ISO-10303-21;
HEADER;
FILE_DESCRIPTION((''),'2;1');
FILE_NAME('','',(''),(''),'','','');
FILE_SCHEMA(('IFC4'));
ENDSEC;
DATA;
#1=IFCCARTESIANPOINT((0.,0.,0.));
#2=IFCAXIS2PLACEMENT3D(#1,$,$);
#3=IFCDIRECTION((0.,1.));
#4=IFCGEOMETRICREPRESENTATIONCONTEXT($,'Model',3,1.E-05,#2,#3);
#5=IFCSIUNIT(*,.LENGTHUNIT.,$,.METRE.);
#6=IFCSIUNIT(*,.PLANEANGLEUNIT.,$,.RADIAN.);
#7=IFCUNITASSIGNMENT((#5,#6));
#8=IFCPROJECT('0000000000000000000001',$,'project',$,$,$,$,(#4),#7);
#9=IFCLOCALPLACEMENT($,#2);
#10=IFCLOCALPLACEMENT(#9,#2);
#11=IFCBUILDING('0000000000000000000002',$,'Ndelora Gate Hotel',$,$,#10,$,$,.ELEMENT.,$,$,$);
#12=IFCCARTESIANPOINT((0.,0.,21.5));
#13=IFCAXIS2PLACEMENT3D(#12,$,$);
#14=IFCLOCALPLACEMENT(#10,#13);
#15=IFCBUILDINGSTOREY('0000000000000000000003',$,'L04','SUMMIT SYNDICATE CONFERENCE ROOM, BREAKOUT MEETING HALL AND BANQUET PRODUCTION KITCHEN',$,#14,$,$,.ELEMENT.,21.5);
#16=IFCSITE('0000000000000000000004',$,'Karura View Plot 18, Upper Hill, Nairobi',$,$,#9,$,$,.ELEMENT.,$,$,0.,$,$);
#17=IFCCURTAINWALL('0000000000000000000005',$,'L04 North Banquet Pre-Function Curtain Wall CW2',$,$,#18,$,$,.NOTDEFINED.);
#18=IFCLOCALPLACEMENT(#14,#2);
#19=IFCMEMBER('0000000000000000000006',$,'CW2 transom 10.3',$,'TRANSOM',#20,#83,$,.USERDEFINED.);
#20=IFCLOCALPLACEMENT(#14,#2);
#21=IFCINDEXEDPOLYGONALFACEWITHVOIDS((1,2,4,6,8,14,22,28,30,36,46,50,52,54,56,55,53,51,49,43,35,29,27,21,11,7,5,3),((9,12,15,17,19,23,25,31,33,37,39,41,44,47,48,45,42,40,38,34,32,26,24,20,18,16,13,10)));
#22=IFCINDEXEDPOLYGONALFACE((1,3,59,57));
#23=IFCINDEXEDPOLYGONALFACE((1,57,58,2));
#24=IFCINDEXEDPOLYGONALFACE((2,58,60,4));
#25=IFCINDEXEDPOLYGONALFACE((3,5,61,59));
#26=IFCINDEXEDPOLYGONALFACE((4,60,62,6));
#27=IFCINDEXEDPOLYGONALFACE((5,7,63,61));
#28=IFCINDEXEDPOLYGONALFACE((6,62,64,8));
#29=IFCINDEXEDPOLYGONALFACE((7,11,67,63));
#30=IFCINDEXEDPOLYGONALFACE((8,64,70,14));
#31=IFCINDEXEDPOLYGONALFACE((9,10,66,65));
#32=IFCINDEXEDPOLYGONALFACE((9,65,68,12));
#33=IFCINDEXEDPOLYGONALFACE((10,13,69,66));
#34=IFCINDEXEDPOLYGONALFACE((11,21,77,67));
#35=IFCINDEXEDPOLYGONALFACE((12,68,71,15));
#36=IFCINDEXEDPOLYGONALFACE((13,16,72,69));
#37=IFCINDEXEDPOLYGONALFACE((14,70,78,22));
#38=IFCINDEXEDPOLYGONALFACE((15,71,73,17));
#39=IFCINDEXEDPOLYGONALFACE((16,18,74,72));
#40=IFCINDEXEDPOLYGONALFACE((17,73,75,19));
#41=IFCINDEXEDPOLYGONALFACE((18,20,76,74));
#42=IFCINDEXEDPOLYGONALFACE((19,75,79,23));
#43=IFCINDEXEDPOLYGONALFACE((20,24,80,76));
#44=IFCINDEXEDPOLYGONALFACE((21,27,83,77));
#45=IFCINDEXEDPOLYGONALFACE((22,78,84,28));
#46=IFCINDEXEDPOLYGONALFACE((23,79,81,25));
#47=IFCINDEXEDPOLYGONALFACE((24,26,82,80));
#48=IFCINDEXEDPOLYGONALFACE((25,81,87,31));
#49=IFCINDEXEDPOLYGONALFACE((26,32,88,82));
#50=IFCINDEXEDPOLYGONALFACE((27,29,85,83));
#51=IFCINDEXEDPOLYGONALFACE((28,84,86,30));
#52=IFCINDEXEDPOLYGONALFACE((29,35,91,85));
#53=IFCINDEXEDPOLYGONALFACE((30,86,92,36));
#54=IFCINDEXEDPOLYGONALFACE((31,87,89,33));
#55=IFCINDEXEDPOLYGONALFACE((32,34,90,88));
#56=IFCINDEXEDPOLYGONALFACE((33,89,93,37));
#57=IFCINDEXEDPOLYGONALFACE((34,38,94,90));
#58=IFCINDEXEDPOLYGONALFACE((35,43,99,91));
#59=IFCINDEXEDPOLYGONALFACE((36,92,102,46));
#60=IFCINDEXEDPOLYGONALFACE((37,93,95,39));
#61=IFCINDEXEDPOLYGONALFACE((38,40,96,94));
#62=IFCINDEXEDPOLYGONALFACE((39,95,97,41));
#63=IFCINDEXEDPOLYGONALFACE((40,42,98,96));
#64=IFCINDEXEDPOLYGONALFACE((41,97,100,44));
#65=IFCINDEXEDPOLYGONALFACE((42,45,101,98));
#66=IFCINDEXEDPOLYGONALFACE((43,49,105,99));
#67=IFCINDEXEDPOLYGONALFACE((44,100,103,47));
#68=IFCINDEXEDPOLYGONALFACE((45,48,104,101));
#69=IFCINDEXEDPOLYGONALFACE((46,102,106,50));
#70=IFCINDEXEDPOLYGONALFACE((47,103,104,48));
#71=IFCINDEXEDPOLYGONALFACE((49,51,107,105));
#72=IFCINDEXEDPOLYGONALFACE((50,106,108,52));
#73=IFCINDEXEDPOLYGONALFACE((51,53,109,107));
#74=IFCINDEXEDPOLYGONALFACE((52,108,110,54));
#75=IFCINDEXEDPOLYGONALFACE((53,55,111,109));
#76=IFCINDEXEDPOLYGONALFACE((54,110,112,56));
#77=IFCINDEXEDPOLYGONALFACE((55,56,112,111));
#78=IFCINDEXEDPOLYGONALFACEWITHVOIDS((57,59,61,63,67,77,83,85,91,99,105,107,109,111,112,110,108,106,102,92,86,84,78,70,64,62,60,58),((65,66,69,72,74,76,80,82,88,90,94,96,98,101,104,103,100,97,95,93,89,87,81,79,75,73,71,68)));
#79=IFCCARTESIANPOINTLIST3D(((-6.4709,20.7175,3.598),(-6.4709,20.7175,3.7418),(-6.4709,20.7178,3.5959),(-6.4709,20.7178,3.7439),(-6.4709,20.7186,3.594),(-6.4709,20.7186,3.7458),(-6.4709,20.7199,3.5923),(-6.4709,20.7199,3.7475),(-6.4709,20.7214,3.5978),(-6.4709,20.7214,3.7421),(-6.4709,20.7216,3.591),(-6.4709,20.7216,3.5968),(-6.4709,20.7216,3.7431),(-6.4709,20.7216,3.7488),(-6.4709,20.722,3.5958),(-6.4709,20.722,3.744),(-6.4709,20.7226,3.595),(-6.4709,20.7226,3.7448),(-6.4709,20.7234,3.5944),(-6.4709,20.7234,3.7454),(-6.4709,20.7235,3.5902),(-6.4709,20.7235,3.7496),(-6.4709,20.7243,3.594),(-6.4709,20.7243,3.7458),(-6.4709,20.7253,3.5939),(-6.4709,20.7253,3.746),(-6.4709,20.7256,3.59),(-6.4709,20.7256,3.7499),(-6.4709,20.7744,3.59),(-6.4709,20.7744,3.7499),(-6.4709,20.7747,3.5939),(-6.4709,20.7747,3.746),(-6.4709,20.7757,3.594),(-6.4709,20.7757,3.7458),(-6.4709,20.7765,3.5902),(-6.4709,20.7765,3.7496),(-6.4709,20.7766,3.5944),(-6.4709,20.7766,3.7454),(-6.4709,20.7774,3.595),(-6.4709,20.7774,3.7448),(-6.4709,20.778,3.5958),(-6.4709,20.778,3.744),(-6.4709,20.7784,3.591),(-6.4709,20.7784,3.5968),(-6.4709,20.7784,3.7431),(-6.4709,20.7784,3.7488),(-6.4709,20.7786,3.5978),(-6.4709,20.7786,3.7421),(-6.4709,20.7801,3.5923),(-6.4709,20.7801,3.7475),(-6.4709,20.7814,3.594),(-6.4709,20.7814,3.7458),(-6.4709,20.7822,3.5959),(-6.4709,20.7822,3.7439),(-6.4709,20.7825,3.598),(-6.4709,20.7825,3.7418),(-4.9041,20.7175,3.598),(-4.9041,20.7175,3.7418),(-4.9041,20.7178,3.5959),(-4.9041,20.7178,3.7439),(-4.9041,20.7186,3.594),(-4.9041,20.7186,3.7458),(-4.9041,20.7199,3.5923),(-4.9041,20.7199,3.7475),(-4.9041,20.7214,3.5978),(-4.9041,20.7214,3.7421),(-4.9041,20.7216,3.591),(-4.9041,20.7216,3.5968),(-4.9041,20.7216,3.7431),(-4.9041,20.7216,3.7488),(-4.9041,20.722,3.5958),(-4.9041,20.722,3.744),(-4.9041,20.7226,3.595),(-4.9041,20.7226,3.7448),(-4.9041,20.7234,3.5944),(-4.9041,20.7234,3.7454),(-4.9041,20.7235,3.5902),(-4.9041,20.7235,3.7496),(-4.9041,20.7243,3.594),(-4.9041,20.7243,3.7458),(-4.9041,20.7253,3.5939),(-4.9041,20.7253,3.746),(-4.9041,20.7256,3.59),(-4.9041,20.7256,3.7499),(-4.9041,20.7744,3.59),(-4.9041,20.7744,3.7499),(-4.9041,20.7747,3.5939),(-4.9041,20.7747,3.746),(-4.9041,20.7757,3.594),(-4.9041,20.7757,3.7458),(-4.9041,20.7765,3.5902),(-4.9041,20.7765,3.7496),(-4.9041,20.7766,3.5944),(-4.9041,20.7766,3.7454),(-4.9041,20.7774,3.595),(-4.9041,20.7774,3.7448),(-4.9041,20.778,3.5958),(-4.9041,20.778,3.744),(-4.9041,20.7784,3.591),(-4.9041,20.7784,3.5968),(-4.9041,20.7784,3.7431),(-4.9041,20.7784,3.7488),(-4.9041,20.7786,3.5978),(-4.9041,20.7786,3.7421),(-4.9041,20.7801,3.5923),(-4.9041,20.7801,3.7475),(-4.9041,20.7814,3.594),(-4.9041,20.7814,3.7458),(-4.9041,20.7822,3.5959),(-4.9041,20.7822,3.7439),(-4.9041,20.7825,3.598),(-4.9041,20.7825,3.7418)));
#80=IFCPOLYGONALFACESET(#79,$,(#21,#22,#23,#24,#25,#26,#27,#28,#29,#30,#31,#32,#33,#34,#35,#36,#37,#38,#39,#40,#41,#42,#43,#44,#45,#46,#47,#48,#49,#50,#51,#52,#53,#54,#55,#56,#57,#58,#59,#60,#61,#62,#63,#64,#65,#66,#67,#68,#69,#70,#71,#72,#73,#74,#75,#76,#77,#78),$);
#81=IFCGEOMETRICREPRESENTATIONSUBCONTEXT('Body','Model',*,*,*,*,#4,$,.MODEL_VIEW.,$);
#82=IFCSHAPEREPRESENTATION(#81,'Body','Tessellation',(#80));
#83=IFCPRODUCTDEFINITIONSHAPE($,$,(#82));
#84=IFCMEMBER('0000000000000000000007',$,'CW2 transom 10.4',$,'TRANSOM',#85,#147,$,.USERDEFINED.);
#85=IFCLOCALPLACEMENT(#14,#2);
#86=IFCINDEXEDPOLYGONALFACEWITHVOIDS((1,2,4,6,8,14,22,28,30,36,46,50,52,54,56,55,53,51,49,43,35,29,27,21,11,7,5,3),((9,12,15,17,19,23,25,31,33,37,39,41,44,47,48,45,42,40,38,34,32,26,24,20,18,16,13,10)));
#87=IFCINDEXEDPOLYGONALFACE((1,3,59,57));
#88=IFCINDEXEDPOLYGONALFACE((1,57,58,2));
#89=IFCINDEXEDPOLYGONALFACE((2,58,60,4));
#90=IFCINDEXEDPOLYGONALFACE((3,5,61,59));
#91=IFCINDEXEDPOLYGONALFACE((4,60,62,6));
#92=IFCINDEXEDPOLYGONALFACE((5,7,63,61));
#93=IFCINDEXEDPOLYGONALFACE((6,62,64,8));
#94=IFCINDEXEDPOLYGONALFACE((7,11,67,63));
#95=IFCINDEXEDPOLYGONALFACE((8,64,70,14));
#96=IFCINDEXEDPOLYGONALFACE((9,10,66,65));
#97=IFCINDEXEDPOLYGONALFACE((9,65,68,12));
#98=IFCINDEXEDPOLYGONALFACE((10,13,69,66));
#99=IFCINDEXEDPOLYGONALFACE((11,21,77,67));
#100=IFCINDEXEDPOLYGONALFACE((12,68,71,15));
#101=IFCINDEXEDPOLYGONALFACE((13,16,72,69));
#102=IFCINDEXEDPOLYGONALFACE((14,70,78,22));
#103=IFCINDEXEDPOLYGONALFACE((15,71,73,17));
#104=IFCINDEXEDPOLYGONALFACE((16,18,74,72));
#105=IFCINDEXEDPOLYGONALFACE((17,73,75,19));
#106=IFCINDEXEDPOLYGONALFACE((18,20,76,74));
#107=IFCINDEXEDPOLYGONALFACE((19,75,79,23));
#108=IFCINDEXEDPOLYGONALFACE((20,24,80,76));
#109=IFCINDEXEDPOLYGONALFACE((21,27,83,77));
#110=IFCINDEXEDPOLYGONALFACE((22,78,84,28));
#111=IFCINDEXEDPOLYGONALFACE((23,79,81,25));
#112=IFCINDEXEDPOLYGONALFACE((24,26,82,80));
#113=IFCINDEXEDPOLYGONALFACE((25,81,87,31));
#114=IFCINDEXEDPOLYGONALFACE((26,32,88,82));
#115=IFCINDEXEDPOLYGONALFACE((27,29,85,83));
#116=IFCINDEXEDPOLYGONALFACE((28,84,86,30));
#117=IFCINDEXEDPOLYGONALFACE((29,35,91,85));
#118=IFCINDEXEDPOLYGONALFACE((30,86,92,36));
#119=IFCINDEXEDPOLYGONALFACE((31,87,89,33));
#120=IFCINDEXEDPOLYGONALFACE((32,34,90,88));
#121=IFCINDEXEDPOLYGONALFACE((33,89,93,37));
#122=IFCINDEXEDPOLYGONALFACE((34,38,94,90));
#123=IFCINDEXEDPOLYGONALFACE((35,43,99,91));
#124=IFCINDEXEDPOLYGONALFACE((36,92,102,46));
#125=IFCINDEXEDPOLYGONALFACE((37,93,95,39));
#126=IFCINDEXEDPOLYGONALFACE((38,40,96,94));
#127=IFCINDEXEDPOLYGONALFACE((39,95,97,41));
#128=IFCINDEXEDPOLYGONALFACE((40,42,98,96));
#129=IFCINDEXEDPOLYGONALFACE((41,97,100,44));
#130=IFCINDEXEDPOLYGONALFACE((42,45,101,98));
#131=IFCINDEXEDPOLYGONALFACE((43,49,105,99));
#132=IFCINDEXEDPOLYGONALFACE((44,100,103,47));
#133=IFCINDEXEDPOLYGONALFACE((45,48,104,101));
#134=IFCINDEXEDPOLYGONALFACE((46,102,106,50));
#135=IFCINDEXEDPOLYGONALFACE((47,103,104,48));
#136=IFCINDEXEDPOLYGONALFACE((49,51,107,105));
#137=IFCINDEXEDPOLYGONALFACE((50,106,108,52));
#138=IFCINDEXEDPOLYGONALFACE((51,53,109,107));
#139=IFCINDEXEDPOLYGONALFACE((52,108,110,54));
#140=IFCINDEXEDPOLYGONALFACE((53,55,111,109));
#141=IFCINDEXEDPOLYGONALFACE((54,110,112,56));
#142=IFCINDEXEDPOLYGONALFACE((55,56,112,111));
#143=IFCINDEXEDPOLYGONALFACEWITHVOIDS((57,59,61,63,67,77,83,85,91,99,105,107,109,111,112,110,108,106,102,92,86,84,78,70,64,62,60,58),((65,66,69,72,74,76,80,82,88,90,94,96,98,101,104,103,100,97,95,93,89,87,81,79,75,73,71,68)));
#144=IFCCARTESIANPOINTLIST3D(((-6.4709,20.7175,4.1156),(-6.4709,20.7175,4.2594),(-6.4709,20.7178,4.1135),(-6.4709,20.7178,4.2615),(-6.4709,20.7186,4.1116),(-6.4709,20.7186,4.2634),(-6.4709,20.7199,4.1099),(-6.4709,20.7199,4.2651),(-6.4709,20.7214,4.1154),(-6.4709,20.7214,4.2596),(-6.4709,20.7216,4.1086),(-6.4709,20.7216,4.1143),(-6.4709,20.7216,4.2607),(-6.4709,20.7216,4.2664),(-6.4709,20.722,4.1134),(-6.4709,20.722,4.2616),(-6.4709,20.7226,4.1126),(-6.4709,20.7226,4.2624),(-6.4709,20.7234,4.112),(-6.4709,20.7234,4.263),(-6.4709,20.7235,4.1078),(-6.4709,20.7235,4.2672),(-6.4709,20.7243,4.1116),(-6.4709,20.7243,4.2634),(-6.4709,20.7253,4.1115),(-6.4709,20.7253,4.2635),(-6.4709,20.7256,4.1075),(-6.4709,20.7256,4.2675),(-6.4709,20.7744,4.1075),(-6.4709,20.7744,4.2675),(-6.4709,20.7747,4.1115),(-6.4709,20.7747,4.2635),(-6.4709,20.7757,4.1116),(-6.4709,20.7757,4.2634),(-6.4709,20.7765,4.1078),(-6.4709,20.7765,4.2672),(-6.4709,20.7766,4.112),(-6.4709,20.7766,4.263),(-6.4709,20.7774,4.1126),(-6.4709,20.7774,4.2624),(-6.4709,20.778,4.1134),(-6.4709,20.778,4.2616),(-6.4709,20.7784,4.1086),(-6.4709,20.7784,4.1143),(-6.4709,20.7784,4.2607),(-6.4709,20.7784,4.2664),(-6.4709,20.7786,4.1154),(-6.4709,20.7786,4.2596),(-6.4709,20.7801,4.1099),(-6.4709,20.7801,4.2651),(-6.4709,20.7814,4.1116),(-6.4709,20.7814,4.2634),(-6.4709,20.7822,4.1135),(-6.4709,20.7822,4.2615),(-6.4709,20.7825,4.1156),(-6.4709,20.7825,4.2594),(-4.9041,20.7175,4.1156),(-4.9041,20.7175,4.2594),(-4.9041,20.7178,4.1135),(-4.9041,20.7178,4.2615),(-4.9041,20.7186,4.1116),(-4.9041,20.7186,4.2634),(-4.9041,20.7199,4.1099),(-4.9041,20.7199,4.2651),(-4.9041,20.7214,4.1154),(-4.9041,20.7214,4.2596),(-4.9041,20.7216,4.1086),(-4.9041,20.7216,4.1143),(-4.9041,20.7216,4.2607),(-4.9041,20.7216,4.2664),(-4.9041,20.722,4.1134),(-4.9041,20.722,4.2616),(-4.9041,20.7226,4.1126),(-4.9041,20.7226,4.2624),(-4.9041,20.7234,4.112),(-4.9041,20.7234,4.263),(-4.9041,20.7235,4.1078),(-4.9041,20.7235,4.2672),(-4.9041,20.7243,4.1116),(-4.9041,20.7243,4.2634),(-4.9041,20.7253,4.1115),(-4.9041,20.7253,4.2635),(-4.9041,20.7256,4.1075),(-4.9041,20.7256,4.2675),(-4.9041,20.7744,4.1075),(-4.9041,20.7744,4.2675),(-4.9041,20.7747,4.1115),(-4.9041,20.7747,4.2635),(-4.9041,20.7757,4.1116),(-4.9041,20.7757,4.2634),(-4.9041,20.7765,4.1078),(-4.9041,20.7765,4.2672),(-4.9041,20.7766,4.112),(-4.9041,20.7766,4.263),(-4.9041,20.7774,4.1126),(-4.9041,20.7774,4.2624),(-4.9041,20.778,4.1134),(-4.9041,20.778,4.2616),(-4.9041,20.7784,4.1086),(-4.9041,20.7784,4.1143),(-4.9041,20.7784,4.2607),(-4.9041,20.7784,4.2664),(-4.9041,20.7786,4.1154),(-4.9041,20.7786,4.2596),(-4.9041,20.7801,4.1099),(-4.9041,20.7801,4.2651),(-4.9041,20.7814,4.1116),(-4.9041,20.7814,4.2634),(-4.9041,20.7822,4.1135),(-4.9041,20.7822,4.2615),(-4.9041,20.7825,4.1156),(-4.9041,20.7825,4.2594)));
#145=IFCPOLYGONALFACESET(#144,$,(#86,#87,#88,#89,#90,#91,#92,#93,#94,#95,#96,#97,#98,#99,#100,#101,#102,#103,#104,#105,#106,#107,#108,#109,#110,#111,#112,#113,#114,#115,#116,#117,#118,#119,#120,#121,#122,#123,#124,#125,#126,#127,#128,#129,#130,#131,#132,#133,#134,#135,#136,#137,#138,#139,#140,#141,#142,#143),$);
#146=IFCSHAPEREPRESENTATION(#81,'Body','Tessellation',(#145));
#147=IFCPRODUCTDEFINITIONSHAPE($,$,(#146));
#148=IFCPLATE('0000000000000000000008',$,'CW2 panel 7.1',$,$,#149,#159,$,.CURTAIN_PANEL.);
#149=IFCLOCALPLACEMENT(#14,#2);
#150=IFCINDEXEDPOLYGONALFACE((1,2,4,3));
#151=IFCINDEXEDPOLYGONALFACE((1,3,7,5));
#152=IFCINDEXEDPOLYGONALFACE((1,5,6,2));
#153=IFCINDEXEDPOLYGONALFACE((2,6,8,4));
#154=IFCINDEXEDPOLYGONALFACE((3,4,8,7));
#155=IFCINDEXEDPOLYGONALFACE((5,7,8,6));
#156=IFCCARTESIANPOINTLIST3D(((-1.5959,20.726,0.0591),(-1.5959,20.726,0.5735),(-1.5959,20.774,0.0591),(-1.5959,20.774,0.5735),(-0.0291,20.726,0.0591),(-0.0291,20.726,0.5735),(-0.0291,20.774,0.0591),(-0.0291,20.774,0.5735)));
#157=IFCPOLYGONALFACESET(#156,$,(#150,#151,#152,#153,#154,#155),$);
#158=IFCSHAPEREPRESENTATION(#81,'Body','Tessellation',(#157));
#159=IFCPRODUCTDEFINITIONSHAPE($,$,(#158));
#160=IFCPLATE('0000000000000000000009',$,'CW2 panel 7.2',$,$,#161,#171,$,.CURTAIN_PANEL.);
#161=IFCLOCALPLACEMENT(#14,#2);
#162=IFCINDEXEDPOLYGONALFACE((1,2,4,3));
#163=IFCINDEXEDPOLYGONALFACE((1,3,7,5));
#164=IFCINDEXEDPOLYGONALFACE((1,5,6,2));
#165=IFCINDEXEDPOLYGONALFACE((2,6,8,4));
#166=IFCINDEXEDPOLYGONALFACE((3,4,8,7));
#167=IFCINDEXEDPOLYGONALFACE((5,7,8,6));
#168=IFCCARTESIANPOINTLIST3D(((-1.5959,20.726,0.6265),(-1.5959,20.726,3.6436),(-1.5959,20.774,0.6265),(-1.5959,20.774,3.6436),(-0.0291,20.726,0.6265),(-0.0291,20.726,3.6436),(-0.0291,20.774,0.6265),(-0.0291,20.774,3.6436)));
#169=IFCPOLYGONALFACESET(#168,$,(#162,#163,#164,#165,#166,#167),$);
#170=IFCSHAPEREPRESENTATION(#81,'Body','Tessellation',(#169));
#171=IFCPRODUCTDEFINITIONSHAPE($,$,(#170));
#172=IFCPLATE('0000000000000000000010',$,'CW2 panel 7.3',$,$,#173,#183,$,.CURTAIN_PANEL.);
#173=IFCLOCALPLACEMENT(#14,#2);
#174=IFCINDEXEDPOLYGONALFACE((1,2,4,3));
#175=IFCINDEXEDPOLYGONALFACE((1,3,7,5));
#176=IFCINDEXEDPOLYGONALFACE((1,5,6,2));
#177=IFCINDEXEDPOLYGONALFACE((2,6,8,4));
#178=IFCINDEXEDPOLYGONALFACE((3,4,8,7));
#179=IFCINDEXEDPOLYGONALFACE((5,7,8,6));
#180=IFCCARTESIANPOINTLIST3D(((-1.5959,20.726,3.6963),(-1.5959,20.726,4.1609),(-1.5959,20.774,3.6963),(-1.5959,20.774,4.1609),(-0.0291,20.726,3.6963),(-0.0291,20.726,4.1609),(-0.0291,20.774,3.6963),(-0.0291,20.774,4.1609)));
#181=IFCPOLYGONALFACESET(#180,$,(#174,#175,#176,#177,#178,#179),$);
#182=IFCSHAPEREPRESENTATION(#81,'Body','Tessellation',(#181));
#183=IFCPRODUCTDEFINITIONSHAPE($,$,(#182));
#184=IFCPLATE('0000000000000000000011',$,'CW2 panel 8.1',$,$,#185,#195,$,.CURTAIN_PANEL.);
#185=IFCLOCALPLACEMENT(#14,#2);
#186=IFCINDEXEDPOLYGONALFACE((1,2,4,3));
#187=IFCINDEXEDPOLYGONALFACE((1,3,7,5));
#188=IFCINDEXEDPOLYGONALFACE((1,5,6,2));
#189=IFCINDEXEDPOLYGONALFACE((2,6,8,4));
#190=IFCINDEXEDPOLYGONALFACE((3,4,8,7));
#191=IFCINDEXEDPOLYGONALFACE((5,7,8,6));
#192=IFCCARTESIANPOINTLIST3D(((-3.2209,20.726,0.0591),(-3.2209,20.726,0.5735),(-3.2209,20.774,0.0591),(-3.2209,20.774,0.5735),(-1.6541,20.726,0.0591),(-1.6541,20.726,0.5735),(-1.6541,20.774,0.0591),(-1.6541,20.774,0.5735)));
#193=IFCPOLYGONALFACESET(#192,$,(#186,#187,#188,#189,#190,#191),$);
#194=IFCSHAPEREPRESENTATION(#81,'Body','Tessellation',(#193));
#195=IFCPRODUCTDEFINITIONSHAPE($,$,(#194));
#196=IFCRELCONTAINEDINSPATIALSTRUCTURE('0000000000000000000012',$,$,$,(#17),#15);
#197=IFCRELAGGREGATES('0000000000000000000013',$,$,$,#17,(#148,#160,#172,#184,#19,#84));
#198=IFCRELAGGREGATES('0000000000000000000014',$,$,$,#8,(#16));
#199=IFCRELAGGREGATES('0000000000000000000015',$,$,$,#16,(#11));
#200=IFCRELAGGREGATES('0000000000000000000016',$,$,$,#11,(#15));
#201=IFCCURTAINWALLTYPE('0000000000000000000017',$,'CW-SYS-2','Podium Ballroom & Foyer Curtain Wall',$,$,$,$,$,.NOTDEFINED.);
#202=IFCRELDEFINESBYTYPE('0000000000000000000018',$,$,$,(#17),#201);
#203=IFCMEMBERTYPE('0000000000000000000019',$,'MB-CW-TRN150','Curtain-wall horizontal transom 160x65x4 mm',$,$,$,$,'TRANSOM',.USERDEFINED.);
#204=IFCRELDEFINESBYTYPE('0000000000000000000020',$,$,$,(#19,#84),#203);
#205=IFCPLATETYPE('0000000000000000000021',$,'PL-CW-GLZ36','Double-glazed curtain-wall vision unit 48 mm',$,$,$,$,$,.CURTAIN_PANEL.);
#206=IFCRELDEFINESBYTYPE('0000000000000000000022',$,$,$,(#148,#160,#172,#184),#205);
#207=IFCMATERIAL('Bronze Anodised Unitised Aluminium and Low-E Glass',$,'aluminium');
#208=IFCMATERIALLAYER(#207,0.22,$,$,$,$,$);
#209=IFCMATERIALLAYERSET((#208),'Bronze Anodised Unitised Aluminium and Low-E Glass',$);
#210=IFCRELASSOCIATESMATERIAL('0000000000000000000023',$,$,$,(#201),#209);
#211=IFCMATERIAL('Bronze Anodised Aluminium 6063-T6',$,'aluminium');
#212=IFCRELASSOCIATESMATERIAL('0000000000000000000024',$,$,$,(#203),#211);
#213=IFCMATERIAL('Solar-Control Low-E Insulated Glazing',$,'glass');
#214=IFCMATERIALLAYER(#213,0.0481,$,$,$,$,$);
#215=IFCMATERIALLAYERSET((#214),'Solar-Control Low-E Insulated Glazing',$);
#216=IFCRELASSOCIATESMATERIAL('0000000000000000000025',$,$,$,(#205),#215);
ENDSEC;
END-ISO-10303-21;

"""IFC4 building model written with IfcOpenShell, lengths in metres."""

from ifc_helpers import new_model, si_unit, direction, frame, origin, origin_2d, place, context, subcontext, project, spatial, rectangle, hollow_rectangle, extrude, material, layer, layer_set, material_profile, profile_set, type_object, element, aggregate, save


model = new_model("IFC4")

# Units and contexts
model_context = context("Model", 3, precision=1e-05, world=origin(), true_north=direction((0.0, 1.0)))
body_context = subcontext(model_context, "Body", "Model", "MODEL_VIEW")
ifc_project = project(units=[si_unit("LENGTHUNIT", "METRE"), si_unit("PLANEANGLEUNIT", "RADIAN")], contexts=[model_context])

# Site, building, storey
site_placement = place(None, origin())
site = spatial("IfcSite", under=ifc_project, at=site_placement, Name="Karura View Plot 18, Upper Hill, Nairobi", CompositionType="ELEMENT", RefElevation=0.0)
building_placement = place(site_placement, origin())
building = spatial("IfcBuilding", under=site, at=building_placement, Name="Ndelora Gate Hotel", CompositionType="ELEMENT")
storey_placement = place(building_placement, frame((0.0, 0.0, 21.5)))
storey = spatial("IfcBuildingStorey", under=building, at=storey_placement, Name="L04", Description="SUMMIT SYNDICATE CONFERENCE ROOM, BREAKOUT MEETING HALL AND BANQUET PRODUCTION KITCHEN", CompositionType="ELEMENT", Elevation=21.5)

# Curtain wall, members, plates
ifc_material_1 = material(Name="Bronze Anodised Unitised Aluminium and Low-E Glass", Category="aluminium")
ifc_layer_1 = layer(ifc_material_1, 0.22)
ifc_layer_set_1 = layer_set([ifc_layer_1], Name="Bronze Anodised Unitised Aluminium and Low-E Glass")
curtain_wall_type = type_object("IfcCurtainWallType", Name="CW-SYS-2", Description="Podium Ballroom & Foyer Curtain Wall", PredefinedType="NOTDEFINED", material=ifc_layer_set_1)
curtain_wall_placement = place(storey_placement, origin())
curtain_wall = element("IfcCurtainWall", 1, at=curtain_wall_placement, inside=storey, type_object=curtain_wall_type, Name="L04 North Banquet Pre-Function Curtain Wall CW2", PredefinedType="NOTDEFINED")
ifc_material_2 = material(Name="Bronze Anodised Aluminium 6063-T6", Category="aluminium")
ifc_material_profile_1 = material_profile(ifc_material_2, hollow_rectangle(XDim=0.0649, YDim=0.1599, WallThickness=0.0039, InnerFilletRadius=0.0039, OuterFilletRadius=0.0081, at=origin_2d()), Name="ALU 160x65x4")
ifc_profile_set_1 = profile_set([ifc_material_profile_1], Name="Bronze Anodised Aluminium 6063-T6")
member_type_1 = type_object("IfcMemberType", Name="MB-CW-TRN150", Description="Curtain-wall horizontal transom 160x65x4 mm", ElementType="TRANSOM", PredefinedType="USERDEFINED", material=ifc_profile_set_1)
member_1_placement = place(storey_placement, frame((-4.9041, 20.75, 3.6699), z_axis=(-1.0, 0.0, 0.0), x_axis=(0.0, -1.0, 0.0)))
member_1 = element("IfcMember", 2, at=member_1_placement, type_object=member_type_1, Name="CW2 transom 10.3", ObjectType="TRANSOM", PredefinedType="USERDEFINED", context=body_context, shape_type="SweptSolid", body=[
    extrude(hollow_rectangle(XDim=0.0649, YDim=0.1599, WallThickness=0.0039, InnerFilletRadius=0.0039, OuterFilletRadius=0.0081, at=origin_2d()), origin(), (0.0, 0.0, 1.0), 1.5669),
])
member_2_placement = place(storey_placement, frame((-4.9041, 20.75, 4.1875), z_axis=(-1.0, 0.0, 0.0), x_axis=(0.0, -1.0, 0.0)))
member_2 = element("IfcMember", 3, at=member_2_placement, type_object=member_type_1, Name="CW2 transom 10.4", ObjectType="TRANSOM", PredefinedType="USERDEFINED", context=body_context, shape_type="SweptSolid", body=[
    extrude(hollow_rectangle(XDim=0.0649, YDim=0.1599, WallThickness=0.0039, InnerFilletRadius=0.0039, OuterFilletRadius=0.0081, at=origin_2d()), origin(), (0.0, 0.0, 1.0), 1.5669),
])
ifc_material_3 = material(Name="Solar-Control Low-E Insulated Glazing", Category="glass")
ifc_layer_2 = layer(ifc_material_3, 0.0481)
ifc_layer_set_2 = layer_set([ifc_layer_2], Name="Solar-Control Low-E Insulated Glazing")
plate_type = type_object("IfcPlateType", Name="PL-CW-GLZ36", Description="Double-glazed curtain-wall vision unit 48 mm", PredefinedType="CURTAIN_PANEL", material=ifc_layer_set_2)
plate_1_placement = place(storey_placement, frame((-0.8125, 20.75, 0.0591), z_axis=(0.0, 0.0, 1.0), x_axis=(-1.0, 0.0, 0.0)))
plate_1 = element("IfcPlate", 4, at=plate_1_placement, type_object=plate_type, Name="CW2 panel 7.1", PredefinedType="CURTAIN_PANEL", context=body_context, shape_type="SweptSolid", body=[
    extrude(rectangle(XDim=1.5669, YDim=0.0481, at=origin_2d()), origin(), (0.0, 0.0, 1.0), 0.5144),
])
plate_2_placement = place(storey_placement, frame((-0.8125, 20.75, 0.6265), z_axis=(0.0, 0.0, 1.0), x_axis=(-1.0, 0.0, 0.0)))
plate_2 = element("IfcPlate", 5, at=plate_2_placement, type_object=plate_type, Name="CW2 panel 7.2", PredefinedType="CURTAIN_PANEL", context=body_context, shape_type="SweptSolid", body=[
    extrude(rectangle(XDim=1.5669, YDim=0.0481, at=origin_2d()), origin(), (0.0, 0.0, 1.0), 3.0171),
])
plate_3_placement = place(storey_placement, frame((-0.8125, 20.75, 3.6963), z_axis=(0.0, 0.0, 1.0), x_axis=(-1.0, 0.0, 0.0)))
plate_3 = element("IfcPlate", 6, at=plate_3_placement, type_object=plate_type, Name="CW2 panel 7.3", PredefinedType="CURTAIN_PANEL", context=body_context, shape_type="SweptSolid", body=[
    extrude(rectangle(XDim=1.5669, YDim=0.0481, at=origin_2d()), origin(), (0.0, 0.0, 1.0), 0.4646),
])
plate_4_placement = place(storey_placement, frame((-2.4375, 20.75, 0.0591), z_axis=(0.0, 0.0, 1.0), x_axis=(-1.0, 0.0, 0.0)))
plate_4 = element("IfcPlate", 7, at=plate_4_placement, type_object=plate_type, Name="CW2 panel 8.1", PredefinedType="CURTAIN_PANEL", context=body_context, shape_type="SweptSolid", body=[
    extrude(rectangle(XDim=1.5669, YDim=0.0481, at=origin_2d()), origin(), (0.0, 0.0, 1.0), 0.5144),
])
aggregate(curtain_wall, [plate_1, plate_2, plate_3, plate_4, member_1, member_2])

save(model, "model.ifc")
